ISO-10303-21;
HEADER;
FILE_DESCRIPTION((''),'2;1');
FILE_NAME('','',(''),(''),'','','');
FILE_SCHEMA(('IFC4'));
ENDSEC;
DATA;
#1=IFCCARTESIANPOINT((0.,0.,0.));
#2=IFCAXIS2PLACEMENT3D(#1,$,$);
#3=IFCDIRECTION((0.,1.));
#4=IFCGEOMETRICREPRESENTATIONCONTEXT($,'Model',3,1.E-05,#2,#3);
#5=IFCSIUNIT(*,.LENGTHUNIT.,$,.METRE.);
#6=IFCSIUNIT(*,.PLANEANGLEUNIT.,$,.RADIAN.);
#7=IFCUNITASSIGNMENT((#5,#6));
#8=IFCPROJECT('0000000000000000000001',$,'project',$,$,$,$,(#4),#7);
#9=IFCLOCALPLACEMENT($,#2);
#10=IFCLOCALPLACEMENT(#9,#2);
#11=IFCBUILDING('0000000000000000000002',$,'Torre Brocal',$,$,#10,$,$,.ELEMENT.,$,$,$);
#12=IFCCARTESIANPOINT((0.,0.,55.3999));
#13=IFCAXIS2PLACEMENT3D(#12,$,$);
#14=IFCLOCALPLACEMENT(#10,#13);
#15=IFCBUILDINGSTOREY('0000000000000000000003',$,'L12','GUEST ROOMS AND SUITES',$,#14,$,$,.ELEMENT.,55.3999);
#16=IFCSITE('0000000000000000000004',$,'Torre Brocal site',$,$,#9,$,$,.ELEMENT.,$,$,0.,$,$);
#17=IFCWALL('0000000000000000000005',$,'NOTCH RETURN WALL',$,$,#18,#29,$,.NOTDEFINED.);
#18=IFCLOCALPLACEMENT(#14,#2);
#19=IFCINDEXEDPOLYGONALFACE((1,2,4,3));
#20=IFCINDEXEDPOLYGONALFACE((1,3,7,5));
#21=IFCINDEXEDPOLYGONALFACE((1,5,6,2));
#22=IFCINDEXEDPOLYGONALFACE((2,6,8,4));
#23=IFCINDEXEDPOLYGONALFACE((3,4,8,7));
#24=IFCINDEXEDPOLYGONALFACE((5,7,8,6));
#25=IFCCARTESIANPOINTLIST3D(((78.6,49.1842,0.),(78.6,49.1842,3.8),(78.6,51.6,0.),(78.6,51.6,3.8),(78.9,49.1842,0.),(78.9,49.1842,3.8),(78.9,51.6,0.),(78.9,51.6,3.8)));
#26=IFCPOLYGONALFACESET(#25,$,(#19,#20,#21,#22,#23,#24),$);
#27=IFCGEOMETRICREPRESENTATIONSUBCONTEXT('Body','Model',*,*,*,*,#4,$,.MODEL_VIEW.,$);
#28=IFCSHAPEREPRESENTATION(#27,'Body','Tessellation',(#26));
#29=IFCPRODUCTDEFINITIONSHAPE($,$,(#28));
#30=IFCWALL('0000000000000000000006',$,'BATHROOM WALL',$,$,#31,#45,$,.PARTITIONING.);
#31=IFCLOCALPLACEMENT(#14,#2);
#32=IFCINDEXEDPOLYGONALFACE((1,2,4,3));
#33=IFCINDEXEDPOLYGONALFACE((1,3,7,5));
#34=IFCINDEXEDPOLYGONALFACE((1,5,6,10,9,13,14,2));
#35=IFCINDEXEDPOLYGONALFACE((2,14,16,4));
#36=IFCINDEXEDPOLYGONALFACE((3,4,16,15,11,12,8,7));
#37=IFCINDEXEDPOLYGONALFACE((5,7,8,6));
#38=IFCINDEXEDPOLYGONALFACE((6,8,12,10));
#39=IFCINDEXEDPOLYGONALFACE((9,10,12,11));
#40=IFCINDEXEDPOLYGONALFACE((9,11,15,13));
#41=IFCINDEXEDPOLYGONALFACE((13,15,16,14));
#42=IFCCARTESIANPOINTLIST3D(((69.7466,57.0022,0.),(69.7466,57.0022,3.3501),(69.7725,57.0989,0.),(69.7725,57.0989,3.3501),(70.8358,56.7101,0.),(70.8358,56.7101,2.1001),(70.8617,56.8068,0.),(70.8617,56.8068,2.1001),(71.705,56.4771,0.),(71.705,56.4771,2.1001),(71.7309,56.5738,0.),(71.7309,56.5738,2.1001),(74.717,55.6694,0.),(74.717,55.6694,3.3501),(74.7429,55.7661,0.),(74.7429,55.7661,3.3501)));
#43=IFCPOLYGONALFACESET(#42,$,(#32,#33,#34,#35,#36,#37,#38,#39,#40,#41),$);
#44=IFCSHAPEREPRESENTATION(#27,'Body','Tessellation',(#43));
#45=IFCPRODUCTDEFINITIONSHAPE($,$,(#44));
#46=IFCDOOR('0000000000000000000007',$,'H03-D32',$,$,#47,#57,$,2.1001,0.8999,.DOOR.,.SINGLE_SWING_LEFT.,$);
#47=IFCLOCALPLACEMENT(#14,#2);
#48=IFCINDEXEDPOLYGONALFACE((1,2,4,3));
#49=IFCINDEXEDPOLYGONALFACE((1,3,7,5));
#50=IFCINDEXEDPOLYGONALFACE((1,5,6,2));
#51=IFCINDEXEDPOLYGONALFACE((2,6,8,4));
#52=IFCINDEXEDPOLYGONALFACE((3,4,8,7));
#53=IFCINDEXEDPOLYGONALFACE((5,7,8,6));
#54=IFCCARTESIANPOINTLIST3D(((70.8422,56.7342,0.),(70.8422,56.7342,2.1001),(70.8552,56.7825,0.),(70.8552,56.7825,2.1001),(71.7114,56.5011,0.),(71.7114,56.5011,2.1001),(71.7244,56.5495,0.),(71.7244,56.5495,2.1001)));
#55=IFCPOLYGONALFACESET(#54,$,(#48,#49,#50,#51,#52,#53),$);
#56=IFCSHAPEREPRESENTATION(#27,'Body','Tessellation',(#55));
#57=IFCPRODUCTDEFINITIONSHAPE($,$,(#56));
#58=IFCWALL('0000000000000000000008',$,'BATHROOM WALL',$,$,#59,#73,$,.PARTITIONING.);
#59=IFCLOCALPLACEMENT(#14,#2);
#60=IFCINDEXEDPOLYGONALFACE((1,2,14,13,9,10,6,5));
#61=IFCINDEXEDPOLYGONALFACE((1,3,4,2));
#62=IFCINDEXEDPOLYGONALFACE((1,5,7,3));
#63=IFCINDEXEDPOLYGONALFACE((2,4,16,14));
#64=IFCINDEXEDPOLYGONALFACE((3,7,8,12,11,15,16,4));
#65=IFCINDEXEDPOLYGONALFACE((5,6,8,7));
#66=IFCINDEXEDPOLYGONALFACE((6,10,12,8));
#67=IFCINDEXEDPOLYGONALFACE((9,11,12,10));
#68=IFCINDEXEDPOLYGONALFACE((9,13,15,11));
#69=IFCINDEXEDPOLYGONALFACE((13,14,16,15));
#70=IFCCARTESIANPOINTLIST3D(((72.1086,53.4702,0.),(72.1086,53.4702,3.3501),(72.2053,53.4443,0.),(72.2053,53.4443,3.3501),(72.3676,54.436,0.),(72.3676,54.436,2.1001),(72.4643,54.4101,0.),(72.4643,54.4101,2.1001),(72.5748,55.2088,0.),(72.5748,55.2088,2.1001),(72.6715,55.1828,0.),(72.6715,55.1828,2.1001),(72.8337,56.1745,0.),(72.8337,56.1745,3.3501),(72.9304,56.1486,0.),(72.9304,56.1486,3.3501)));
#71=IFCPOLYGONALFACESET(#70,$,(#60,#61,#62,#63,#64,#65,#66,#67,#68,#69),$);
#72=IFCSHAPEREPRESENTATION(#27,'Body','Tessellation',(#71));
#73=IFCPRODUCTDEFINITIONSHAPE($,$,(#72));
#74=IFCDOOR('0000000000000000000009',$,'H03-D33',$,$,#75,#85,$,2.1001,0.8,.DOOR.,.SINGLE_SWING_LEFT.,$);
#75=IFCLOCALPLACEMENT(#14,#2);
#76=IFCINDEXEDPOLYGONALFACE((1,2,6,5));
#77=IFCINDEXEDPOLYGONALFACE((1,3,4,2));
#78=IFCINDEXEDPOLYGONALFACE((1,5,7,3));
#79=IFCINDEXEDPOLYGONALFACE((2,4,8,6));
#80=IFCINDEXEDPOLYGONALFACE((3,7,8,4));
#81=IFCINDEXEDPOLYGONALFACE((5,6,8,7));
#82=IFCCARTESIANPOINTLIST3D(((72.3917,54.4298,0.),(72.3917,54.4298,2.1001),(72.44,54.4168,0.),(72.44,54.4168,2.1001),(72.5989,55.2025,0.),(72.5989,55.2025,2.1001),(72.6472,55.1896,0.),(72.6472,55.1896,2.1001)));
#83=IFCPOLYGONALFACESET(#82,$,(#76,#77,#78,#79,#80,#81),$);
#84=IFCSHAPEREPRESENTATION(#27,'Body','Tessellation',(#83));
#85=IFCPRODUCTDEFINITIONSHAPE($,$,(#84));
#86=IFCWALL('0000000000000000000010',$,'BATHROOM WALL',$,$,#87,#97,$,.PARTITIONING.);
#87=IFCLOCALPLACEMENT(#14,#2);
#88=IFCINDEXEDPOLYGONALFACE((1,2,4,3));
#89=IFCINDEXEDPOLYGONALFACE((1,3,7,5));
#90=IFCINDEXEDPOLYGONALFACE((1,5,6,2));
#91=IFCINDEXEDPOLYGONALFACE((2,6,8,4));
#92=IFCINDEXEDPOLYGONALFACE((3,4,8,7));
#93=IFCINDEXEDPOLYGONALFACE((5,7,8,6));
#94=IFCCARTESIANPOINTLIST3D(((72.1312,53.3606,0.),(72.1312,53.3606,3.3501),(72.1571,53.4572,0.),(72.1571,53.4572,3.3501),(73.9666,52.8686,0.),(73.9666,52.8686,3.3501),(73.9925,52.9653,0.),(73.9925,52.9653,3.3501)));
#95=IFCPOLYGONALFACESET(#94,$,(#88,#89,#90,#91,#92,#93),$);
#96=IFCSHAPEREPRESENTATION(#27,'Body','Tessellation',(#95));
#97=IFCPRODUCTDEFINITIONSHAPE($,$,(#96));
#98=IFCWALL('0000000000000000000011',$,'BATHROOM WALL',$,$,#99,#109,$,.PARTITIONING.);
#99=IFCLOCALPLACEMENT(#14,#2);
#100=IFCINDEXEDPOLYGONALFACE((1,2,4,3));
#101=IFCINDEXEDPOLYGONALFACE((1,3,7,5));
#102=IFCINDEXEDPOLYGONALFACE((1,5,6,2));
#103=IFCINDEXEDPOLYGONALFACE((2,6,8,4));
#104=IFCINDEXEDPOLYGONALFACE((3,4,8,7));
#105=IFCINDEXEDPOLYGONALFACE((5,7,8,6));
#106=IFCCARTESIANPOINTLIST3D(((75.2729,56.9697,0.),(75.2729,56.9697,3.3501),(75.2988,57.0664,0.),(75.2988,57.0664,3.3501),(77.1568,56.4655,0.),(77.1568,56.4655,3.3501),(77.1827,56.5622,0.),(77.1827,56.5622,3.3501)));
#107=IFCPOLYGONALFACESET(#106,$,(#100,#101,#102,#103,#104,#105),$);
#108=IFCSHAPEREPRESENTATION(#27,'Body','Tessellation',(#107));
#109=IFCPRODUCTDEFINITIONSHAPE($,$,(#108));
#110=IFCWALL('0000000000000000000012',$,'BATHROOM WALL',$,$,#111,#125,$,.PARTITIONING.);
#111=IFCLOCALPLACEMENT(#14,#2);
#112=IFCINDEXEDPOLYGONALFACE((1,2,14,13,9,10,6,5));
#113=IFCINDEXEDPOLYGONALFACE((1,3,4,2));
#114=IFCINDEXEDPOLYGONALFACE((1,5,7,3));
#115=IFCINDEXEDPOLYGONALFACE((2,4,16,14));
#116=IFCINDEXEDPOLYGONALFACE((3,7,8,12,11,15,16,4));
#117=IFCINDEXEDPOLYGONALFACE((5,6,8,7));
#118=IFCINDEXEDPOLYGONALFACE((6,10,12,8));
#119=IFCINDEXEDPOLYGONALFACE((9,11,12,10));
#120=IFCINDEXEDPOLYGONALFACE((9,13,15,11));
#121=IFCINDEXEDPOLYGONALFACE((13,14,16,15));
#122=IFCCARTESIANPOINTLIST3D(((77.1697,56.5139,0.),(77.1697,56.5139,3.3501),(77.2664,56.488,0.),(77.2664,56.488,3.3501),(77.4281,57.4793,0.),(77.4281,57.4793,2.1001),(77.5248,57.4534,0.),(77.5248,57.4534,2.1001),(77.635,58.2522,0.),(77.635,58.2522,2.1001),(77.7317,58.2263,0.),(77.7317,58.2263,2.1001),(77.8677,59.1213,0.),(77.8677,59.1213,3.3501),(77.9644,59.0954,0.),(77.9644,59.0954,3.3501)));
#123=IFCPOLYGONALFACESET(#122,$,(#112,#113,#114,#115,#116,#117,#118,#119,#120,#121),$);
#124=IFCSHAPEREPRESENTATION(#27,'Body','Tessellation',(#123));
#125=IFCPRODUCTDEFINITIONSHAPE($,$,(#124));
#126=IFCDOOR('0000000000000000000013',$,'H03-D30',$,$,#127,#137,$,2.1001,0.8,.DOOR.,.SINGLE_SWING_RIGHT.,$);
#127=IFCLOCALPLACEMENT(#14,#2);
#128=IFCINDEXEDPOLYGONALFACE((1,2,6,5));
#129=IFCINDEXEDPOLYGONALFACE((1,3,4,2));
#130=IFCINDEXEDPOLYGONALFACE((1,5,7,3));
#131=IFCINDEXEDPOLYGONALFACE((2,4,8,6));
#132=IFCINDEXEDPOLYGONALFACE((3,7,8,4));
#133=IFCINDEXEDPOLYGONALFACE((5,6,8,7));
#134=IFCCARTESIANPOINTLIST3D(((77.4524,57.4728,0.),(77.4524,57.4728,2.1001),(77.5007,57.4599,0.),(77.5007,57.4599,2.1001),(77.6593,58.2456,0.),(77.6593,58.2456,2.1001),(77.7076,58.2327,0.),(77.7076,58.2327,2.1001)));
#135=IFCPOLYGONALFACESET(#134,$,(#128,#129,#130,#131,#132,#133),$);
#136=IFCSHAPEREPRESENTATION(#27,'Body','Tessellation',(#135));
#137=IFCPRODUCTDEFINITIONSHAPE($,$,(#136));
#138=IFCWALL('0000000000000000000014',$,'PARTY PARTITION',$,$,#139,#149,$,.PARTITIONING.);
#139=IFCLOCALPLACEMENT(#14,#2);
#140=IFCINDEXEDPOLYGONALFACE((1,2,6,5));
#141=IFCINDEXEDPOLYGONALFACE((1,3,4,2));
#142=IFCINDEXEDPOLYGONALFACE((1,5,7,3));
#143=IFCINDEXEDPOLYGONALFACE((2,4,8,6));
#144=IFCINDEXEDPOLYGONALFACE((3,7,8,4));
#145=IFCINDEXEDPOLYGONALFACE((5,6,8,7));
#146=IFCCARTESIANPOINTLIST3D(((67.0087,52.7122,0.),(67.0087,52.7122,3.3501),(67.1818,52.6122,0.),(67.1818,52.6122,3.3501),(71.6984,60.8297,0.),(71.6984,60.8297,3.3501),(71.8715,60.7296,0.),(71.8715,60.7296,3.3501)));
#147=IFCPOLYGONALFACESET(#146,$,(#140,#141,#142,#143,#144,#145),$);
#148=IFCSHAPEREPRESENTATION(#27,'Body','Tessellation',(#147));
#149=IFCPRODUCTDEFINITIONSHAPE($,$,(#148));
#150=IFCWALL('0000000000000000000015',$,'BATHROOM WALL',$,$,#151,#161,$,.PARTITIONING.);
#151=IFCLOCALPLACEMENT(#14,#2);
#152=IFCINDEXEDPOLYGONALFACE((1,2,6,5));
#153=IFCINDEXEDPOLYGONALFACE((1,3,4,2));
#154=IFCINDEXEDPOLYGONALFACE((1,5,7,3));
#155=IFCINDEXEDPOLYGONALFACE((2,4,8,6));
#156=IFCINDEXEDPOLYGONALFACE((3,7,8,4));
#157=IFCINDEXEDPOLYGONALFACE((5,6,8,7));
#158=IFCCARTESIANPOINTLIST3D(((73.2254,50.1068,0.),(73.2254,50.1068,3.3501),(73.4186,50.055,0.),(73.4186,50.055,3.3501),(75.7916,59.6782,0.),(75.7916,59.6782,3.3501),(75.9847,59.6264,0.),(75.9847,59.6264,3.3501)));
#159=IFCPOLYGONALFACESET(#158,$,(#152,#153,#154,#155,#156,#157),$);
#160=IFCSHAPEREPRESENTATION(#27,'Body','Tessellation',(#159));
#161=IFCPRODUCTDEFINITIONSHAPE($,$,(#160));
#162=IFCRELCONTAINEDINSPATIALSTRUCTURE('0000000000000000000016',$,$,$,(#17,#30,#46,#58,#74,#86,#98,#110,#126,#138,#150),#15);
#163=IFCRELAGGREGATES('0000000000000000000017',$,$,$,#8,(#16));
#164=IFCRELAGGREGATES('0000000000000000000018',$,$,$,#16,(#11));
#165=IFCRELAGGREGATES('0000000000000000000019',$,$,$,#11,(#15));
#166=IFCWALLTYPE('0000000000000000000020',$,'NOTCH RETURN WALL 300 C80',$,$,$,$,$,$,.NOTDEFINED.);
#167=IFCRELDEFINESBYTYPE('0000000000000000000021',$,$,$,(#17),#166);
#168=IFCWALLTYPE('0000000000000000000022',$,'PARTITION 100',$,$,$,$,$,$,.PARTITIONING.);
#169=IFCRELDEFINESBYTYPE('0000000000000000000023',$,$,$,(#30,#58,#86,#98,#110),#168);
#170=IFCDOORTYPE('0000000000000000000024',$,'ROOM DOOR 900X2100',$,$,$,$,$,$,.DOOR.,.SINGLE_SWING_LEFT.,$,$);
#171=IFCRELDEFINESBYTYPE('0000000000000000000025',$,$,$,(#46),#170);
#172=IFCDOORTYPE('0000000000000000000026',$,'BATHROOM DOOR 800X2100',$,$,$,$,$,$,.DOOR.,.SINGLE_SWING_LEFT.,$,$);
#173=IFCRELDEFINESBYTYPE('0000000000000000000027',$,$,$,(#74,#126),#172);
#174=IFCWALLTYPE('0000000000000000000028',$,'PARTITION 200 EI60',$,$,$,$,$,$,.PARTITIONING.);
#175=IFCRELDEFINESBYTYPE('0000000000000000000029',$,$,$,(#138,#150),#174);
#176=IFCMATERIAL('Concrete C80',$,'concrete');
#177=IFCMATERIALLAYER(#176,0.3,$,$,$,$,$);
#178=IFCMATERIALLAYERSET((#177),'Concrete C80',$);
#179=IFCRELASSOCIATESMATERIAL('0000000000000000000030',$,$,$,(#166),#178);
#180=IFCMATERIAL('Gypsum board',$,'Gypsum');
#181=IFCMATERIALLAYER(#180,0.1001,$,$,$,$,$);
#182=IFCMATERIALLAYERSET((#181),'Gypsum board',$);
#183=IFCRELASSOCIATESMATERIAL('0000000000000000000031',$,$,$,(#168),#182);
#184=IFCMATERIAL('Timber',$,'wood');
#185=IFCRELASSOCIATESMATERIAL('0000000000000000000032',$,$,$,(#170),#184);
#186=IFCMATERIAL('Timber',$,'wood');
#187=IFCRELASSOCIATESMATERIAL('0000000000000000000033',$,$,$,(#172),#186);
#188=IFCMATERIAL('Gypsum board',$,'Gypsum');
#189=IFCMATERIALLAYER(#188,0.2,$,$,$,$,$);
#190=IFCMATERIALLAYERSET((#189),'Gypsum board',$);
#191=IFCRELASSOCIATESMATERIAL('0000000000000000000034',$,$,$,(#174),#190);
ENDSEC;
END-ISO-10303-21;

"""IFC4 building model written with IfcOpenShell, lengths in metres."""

from ifc_helpers import new_model, si_unit, direction, frame, frame_2d, origin, place, context, subcontext, project, spatial, rectangle, extrude, material, layer, layer_set, type_object, element, fill, save


model = new_model("IFC4")

# Units and contexts
model_context = context("Model", 3, precision=1e-05, world=origin(), true_north=direction((0.0, 1.0)))
body_context = subcontext(model_context, "Body", "Model", "MODEL_VIEW")
ifc_project = project(units=[si_unit("LENGTHUNIT", "METRE"), si_unit("PLANEANGLEUNIT", "RADIAN")], contexts=[model_context])

# Site, building, storey
site_placement = place(None, origin())
site = spatial("IfcSite", under=ifc_project, at=site_placement, Name="Torre Brocal site", CompositionType="ELEMENT", RefElevation=0.0)
building_placement = place(site_placement, origin())
building = spatial("IfcBuilding", under=site, at=building_placement, Name="Torre Brocal", CompositionType="ELEMENT")
storey_placement = place(building_placement, frame((0.0, 0.0, 55.3999)))
storey = spatial("IfcBuildingStorey", under=building, at=storey_placement, Name="L12", Description="GUEST ROOMS AND SUITES", CompositionType="ELEMENT", Elevation=55.3999)

# Wall
ifc_material_1 = material(Name="Concrete C80", Category="concrete")
ifc_layer_1 = layer(ifc_material_1, 0.3)
ifc_layer_set_1 = layer_set([ifc_layer_1], Name="Concrete C80")
wall_type_1 = type_object("IfcWallType", Name="NOTCH RETURN WALL 300 C80", PredefinedType="NOTDEFINED", material=ifc_layer_set_1)
wall_1_placement = place(storey_placement, frame((78.75, 51.6001, 0.0), z_axis=(0.0, 0.0, 1.0), x_axis=(0.0, -1.0, 0.0)))
element("IfcWall", 1, at=wall_1_placement, inside=storey, type_object=wall_type_1, Name="NOTCH RETURN WALL", PredefinedType="NOTDEFINED", context=body_context, shape_type="SweptSolid", body=[
    extrude(rectangle(XDim=2.4158, YDim=0.3, at=frame_2d((1.208, 0.0))), origin(), (0.0, 0.0, 1.0), 3.8),
])

# Walls, openings, doors
ifc_material_2 = material(Name="Gypsum board", Category="Gypsum")
ifc_layer_2 = layer(ifc_material_2, 0.1001)
ifc_layer_set_2 = layer_set([ifc_layer_2], Name="Gypsum board")
wall_type_2 = type_object("IfcWallType", Name="PARTITION 100", PredefinedType="PARTITIONING", material=ifc_layer_set_2)
wall_2_placement = place(storey_placement, frame((69.7595, 57.0505, 0.0), z_axis=(0.0, 0.0, 1.0), x_axis=(0.96588, -0.258988, 0.0)))
wall_2 = element("IfcWall", 2, at=wall_2_placement, inside=storey, type_object=wall_type_2, Name="BATHROOM WALL", PredefinedType="PARTITIONING", context=body_context, shape_type="SweptSolid", body=[
    extrude(rectangle(XDim=5.146, YDim=0.1001, at=frame_2d((2.573, 0.0))), origin(), (0.0, 0.0, 1.0), 3.3501),
])
opening_1_placement = place(wall_2_placement, frame((1.1277, 0.0, 0.0)))
opening_1 = element("IfcOpeningElement", 3, at=opening_1_placement, cuts=wall_2, PredefinedType="OPENING", context=body_context, shape_type="SweptSolid", body=[
    extrude(rectangle(XDim=0.8999, YDim=2.1001, at=frame_2d((0.45, 1.05))), frame((0.0, 0.0601, 0.0), z_axis=(0.0, -1.0, 0.0), x_axis=(1.0, 0.0, 0.0)), (0.0, 0.0, 1.0), 0.1201),
])
ifc_material_3 = material(Name="Timber", Category="wood")
door_type_1 = type_object("IfcDoorType", Name="ROOM DOOR 900X2100", OperationType="SINGLE_SWING_LEFT", PredefinedType="DOOR", material=ifc_material_3)
door_1_placement = place(opening_1_placement, origin())
door_1 = element("IfcDoor", 4, at=door_1_placement, inside=storey, type_object=door_type_1, Name="H03-D32", OperationType="SINGLE_SWING_LEFT", OverallHeight=2.1001, OverallWidth=0.8999, PredefinedType="DOOR", context=body_context, shape_type="SweptSolid", body=[
    extrude(rectangle(XDim=0.8999, YDim=2.1001, at=frame_2d((0.45, 1.05))), frame((0.0, 0.0249, 0.0), z_axis=(0.0, -1.0, 0.0), x_axis=(1.0, 0.0, 0.0)), (0.0, 0.0, 1.0), 0.05),
])
fill(opening_1, door_1)
wall_3_placement = place(storey_placement, frame((72.157, 53.4573, 0.0), z_axis=(0.0, 0.0, 1.0), x_axis=(0.258976, 0.965884, 0.0)))
wall_3 = element("IfcWall", 5, at=wall_3_placement, inside=storey, type_object=wall_type_2, Name="BATHROOM WALL", PredefinedType="PARTITIONING", context=body_context, shape_type="SweptSolid", body=[
    extrude(rectangle(XDim=2.7998, YDim=0.1001, at=frame_2d((1.3999, 0.0))), origin(), (0.0, 0.0, 1.0), 3.3501),
])
opening_2_placement = place(wall_3_placement, frame((1.0, 0.0, 0.0)))
opening_2 = element("IfcOpeningElement", 6, at=opening_2_placement, cuts=wall_3, PredefinedType="OPENING", context=body_context, shape_type="SweptSolid", body=[
    extrude(rectangle(XDim=0.8, YDim=2.1001, at=frame_2d((0.3999, 1.05))), frame((0.0, 0.0601, 0.0), z_axis=(0.0, -1.0, 0.0), x_axis=(1.0, 0.0, 0.0)), (0.0, 0.0, 1.0), 0.1201),
])
ifc_material_4 = material(Name="Timber", Category="wood")
door_type_2 = type_object("IfcDoorType", Name="BATHROOM DOOR 800X2100", OperationType="SINGLE_SWING_LEFT", PredefinedType="DOOR", material=ifc_material_4)
door_2_placement = place(opening_2_placement, frame((0.8, 0.0, 0.0), z_axis=(0.0, 0.0, 1.0), x_axis=(-1.0, 0.0, 0.0)))
door_2 = element("IfcDoor", 7, at=door_2_placement, inside=storey, type_object=door_type_2, Name="H03-D33", OperationType="SINGLE_SWING_LEFT", OverallHeight=2.1001, OverallWidth=0.8, PredefinedType="DOOR", context=body_context, shape_type="SweptSolid", body=[
    extrude(rectangle(XDim=0.8, YDim=2.1001, at=frame_2d((0.3999, 1.05))), frame((0.0, 0.0249, 0.0), z_axis=(0.0, -1.0, 0.0), x_axis=(1.0, 0.0, 0.0)), (0.0, 0.0, 1.0), 0.05),
])
fill(opening_2, door_2)

# Walls
wall_4_placement = place(storey_placement, frame((72.144, 53.4089, 0.0), z_axis=(0.0, 0.0, 1.0), x_axis=(0.965908, -0.258886, 0.0)))
element("IfcWall", 8, at=wall_4_placement, inside=storey, type_object=wall_type_2, Name="BATHROOM WALL", PredefinedType="PARTITIONING", context=body_context, shape_type="SweptSolid", body=[
    extrude(rectangle(XDim=1.9001, YDim=0.1001, at=frame_2d((0.9502, 0.0))), origin(), (0.0, 0.0, 1.0), 3.3501),
])
wall_5_placement = place(storey_placement, frame((75.2859, 57.0181, 0.0), z_axis=(0.0, 0.0, 1.0), x_axis=(0.966004, -0.258527, 0.0)))
element("IfcWall", 9, at=wall_5_placement, inside=storey, type_object=wall_type_2, Name="BATHROOM WALL", PredefinedType="PARTITIONING", context=body_context, shape_type="SweptSolid", body=[
    extrude(rectangle(XDim=1.9502, YDim=0.1001, at=frame_2d((0.9751, 0.0))), origin(), (0.0, 0.0, 1.0), 3.3501),
])

# Wall, opening, door
wall_6_placement = place(storey_placement, frame((77.218, 56.501, 0.0), z_axis=(0.0, 0.0, 1.0), x_axis=(0.258591, 0.965987, 0.0)))
wall_6 = element("IfcWall", 10, at=wall_6_placement, inside=storey, type_object=wall_type_2, Name="BATHROOM WALL", PredefinedType="PARTITIONING", context=body_context, shape_type="SweptSolid", body=[
    extrude(rectangle(XDim=2.6992, YDim=0.1001, at=frame_2d((1.3496, 0.0))), origin(), (0.0, 0.0, 1.0), 3.3501),
])
opening_3_placement = place(wall_6_placement, frame((0.9995, 0.0, 0.0)))
opening_3 = element("IfcOpeningElement", 11, at=opening_3_placement, cuts=wall_6, PredefinedType="OPENING", context=body_context, shape_type="SweptSolid", body=[
    extrude(rectangle(XDim=0.8, YDim=2.1001, at=frame_2d((0.3999, 1.05))), frame((0.0, 0.0601, 0.0), z_axis=(0.0, -1.0, 0.0), x_axis=(1.0, 0.0, 0.0)), (0.0, 0.0, 1.0), 0.1201),
])
door_3_placement = place(opening_3_placement, origin())
door_3 = element("IfcDoor", 12, at=door_3_placement, inside=storey, type_object=door_type_2, Name="H03-D30", OperationType="SINGLE_SWING_RIGHT", OverallHeight=2.1001, OverallWidth=0.8, PredefinedType="DOOR", context=body_context, shape_type="SweptSolid", body=[
    extrude(rectangle(XDim=0.8, YDim=2.1001, at=frame_2d((0.3999, 1.05))), frame((0.0, 0.0249, 0.0), z_axis=(0.0, -1.0, 0.0), x_axis=(1.0, 0.0, 0.0)), (0.0, 0.0, 1.0), 0.05),
])
fill(opening_3, door_3)

# Walls
ifc_material_5 = material(Name="Gypsum board", Category="Gypsum")
ifc_layer_3 = layer(ifc_material_5, 0.2)
ifc_layer_set_3 = layer_set([ifc_layer_3], Name="Gypsum board")
wall_type_3 = type_object("IfcWallType", Name="PARTITION 200 EI60", PredefinedType="PARTITIONING", material=ifc_layer_set_3)
wall_7_placement = place(storey_placement, frame((67.0952, 52.6621, 0.0), z_axis=(0.0, 0.0, 1.0), x_axis=(0.500248, 0.865882, 0.0)))
element("IfcWall", 13, at=wall_7_placement, inside=storey, type_object=wall_type_3, Name="PARTY PARTITION", PredefinedType="PARTITIONING", context=body_context, shape_type="SweptSolid", body=[
    extrude(rectangle(XDim=9.3748, YDim=0.2, at=frame_2d((4.6875, 0.0))), origin(), (0.0, 0.0, 1.0), 3.3501),
])
wall_8_placement = place(storey_placement, frame((73.322, 50.0811, 0.0), z_axis=(0.0, 0.0, 1.0), x_axis=(0.258964, 0.965887, 0.0)))
element("IfcWall", 14, at=wall_8_placement, inside=storey, type_object=wall_type_3, Name="BATHROOM WALL", PredefinedType="PARTITIONING", context=body_context, shape_type="SweptSolid", body=[
    extrude(rectangle(XDim=9.9094, YDim=0.2, at=frame_2d((4.9546, 0.0))), origin(), (0.0, 0.0, 1.0), 3.3501),
])

save(model, "model.ifc")
